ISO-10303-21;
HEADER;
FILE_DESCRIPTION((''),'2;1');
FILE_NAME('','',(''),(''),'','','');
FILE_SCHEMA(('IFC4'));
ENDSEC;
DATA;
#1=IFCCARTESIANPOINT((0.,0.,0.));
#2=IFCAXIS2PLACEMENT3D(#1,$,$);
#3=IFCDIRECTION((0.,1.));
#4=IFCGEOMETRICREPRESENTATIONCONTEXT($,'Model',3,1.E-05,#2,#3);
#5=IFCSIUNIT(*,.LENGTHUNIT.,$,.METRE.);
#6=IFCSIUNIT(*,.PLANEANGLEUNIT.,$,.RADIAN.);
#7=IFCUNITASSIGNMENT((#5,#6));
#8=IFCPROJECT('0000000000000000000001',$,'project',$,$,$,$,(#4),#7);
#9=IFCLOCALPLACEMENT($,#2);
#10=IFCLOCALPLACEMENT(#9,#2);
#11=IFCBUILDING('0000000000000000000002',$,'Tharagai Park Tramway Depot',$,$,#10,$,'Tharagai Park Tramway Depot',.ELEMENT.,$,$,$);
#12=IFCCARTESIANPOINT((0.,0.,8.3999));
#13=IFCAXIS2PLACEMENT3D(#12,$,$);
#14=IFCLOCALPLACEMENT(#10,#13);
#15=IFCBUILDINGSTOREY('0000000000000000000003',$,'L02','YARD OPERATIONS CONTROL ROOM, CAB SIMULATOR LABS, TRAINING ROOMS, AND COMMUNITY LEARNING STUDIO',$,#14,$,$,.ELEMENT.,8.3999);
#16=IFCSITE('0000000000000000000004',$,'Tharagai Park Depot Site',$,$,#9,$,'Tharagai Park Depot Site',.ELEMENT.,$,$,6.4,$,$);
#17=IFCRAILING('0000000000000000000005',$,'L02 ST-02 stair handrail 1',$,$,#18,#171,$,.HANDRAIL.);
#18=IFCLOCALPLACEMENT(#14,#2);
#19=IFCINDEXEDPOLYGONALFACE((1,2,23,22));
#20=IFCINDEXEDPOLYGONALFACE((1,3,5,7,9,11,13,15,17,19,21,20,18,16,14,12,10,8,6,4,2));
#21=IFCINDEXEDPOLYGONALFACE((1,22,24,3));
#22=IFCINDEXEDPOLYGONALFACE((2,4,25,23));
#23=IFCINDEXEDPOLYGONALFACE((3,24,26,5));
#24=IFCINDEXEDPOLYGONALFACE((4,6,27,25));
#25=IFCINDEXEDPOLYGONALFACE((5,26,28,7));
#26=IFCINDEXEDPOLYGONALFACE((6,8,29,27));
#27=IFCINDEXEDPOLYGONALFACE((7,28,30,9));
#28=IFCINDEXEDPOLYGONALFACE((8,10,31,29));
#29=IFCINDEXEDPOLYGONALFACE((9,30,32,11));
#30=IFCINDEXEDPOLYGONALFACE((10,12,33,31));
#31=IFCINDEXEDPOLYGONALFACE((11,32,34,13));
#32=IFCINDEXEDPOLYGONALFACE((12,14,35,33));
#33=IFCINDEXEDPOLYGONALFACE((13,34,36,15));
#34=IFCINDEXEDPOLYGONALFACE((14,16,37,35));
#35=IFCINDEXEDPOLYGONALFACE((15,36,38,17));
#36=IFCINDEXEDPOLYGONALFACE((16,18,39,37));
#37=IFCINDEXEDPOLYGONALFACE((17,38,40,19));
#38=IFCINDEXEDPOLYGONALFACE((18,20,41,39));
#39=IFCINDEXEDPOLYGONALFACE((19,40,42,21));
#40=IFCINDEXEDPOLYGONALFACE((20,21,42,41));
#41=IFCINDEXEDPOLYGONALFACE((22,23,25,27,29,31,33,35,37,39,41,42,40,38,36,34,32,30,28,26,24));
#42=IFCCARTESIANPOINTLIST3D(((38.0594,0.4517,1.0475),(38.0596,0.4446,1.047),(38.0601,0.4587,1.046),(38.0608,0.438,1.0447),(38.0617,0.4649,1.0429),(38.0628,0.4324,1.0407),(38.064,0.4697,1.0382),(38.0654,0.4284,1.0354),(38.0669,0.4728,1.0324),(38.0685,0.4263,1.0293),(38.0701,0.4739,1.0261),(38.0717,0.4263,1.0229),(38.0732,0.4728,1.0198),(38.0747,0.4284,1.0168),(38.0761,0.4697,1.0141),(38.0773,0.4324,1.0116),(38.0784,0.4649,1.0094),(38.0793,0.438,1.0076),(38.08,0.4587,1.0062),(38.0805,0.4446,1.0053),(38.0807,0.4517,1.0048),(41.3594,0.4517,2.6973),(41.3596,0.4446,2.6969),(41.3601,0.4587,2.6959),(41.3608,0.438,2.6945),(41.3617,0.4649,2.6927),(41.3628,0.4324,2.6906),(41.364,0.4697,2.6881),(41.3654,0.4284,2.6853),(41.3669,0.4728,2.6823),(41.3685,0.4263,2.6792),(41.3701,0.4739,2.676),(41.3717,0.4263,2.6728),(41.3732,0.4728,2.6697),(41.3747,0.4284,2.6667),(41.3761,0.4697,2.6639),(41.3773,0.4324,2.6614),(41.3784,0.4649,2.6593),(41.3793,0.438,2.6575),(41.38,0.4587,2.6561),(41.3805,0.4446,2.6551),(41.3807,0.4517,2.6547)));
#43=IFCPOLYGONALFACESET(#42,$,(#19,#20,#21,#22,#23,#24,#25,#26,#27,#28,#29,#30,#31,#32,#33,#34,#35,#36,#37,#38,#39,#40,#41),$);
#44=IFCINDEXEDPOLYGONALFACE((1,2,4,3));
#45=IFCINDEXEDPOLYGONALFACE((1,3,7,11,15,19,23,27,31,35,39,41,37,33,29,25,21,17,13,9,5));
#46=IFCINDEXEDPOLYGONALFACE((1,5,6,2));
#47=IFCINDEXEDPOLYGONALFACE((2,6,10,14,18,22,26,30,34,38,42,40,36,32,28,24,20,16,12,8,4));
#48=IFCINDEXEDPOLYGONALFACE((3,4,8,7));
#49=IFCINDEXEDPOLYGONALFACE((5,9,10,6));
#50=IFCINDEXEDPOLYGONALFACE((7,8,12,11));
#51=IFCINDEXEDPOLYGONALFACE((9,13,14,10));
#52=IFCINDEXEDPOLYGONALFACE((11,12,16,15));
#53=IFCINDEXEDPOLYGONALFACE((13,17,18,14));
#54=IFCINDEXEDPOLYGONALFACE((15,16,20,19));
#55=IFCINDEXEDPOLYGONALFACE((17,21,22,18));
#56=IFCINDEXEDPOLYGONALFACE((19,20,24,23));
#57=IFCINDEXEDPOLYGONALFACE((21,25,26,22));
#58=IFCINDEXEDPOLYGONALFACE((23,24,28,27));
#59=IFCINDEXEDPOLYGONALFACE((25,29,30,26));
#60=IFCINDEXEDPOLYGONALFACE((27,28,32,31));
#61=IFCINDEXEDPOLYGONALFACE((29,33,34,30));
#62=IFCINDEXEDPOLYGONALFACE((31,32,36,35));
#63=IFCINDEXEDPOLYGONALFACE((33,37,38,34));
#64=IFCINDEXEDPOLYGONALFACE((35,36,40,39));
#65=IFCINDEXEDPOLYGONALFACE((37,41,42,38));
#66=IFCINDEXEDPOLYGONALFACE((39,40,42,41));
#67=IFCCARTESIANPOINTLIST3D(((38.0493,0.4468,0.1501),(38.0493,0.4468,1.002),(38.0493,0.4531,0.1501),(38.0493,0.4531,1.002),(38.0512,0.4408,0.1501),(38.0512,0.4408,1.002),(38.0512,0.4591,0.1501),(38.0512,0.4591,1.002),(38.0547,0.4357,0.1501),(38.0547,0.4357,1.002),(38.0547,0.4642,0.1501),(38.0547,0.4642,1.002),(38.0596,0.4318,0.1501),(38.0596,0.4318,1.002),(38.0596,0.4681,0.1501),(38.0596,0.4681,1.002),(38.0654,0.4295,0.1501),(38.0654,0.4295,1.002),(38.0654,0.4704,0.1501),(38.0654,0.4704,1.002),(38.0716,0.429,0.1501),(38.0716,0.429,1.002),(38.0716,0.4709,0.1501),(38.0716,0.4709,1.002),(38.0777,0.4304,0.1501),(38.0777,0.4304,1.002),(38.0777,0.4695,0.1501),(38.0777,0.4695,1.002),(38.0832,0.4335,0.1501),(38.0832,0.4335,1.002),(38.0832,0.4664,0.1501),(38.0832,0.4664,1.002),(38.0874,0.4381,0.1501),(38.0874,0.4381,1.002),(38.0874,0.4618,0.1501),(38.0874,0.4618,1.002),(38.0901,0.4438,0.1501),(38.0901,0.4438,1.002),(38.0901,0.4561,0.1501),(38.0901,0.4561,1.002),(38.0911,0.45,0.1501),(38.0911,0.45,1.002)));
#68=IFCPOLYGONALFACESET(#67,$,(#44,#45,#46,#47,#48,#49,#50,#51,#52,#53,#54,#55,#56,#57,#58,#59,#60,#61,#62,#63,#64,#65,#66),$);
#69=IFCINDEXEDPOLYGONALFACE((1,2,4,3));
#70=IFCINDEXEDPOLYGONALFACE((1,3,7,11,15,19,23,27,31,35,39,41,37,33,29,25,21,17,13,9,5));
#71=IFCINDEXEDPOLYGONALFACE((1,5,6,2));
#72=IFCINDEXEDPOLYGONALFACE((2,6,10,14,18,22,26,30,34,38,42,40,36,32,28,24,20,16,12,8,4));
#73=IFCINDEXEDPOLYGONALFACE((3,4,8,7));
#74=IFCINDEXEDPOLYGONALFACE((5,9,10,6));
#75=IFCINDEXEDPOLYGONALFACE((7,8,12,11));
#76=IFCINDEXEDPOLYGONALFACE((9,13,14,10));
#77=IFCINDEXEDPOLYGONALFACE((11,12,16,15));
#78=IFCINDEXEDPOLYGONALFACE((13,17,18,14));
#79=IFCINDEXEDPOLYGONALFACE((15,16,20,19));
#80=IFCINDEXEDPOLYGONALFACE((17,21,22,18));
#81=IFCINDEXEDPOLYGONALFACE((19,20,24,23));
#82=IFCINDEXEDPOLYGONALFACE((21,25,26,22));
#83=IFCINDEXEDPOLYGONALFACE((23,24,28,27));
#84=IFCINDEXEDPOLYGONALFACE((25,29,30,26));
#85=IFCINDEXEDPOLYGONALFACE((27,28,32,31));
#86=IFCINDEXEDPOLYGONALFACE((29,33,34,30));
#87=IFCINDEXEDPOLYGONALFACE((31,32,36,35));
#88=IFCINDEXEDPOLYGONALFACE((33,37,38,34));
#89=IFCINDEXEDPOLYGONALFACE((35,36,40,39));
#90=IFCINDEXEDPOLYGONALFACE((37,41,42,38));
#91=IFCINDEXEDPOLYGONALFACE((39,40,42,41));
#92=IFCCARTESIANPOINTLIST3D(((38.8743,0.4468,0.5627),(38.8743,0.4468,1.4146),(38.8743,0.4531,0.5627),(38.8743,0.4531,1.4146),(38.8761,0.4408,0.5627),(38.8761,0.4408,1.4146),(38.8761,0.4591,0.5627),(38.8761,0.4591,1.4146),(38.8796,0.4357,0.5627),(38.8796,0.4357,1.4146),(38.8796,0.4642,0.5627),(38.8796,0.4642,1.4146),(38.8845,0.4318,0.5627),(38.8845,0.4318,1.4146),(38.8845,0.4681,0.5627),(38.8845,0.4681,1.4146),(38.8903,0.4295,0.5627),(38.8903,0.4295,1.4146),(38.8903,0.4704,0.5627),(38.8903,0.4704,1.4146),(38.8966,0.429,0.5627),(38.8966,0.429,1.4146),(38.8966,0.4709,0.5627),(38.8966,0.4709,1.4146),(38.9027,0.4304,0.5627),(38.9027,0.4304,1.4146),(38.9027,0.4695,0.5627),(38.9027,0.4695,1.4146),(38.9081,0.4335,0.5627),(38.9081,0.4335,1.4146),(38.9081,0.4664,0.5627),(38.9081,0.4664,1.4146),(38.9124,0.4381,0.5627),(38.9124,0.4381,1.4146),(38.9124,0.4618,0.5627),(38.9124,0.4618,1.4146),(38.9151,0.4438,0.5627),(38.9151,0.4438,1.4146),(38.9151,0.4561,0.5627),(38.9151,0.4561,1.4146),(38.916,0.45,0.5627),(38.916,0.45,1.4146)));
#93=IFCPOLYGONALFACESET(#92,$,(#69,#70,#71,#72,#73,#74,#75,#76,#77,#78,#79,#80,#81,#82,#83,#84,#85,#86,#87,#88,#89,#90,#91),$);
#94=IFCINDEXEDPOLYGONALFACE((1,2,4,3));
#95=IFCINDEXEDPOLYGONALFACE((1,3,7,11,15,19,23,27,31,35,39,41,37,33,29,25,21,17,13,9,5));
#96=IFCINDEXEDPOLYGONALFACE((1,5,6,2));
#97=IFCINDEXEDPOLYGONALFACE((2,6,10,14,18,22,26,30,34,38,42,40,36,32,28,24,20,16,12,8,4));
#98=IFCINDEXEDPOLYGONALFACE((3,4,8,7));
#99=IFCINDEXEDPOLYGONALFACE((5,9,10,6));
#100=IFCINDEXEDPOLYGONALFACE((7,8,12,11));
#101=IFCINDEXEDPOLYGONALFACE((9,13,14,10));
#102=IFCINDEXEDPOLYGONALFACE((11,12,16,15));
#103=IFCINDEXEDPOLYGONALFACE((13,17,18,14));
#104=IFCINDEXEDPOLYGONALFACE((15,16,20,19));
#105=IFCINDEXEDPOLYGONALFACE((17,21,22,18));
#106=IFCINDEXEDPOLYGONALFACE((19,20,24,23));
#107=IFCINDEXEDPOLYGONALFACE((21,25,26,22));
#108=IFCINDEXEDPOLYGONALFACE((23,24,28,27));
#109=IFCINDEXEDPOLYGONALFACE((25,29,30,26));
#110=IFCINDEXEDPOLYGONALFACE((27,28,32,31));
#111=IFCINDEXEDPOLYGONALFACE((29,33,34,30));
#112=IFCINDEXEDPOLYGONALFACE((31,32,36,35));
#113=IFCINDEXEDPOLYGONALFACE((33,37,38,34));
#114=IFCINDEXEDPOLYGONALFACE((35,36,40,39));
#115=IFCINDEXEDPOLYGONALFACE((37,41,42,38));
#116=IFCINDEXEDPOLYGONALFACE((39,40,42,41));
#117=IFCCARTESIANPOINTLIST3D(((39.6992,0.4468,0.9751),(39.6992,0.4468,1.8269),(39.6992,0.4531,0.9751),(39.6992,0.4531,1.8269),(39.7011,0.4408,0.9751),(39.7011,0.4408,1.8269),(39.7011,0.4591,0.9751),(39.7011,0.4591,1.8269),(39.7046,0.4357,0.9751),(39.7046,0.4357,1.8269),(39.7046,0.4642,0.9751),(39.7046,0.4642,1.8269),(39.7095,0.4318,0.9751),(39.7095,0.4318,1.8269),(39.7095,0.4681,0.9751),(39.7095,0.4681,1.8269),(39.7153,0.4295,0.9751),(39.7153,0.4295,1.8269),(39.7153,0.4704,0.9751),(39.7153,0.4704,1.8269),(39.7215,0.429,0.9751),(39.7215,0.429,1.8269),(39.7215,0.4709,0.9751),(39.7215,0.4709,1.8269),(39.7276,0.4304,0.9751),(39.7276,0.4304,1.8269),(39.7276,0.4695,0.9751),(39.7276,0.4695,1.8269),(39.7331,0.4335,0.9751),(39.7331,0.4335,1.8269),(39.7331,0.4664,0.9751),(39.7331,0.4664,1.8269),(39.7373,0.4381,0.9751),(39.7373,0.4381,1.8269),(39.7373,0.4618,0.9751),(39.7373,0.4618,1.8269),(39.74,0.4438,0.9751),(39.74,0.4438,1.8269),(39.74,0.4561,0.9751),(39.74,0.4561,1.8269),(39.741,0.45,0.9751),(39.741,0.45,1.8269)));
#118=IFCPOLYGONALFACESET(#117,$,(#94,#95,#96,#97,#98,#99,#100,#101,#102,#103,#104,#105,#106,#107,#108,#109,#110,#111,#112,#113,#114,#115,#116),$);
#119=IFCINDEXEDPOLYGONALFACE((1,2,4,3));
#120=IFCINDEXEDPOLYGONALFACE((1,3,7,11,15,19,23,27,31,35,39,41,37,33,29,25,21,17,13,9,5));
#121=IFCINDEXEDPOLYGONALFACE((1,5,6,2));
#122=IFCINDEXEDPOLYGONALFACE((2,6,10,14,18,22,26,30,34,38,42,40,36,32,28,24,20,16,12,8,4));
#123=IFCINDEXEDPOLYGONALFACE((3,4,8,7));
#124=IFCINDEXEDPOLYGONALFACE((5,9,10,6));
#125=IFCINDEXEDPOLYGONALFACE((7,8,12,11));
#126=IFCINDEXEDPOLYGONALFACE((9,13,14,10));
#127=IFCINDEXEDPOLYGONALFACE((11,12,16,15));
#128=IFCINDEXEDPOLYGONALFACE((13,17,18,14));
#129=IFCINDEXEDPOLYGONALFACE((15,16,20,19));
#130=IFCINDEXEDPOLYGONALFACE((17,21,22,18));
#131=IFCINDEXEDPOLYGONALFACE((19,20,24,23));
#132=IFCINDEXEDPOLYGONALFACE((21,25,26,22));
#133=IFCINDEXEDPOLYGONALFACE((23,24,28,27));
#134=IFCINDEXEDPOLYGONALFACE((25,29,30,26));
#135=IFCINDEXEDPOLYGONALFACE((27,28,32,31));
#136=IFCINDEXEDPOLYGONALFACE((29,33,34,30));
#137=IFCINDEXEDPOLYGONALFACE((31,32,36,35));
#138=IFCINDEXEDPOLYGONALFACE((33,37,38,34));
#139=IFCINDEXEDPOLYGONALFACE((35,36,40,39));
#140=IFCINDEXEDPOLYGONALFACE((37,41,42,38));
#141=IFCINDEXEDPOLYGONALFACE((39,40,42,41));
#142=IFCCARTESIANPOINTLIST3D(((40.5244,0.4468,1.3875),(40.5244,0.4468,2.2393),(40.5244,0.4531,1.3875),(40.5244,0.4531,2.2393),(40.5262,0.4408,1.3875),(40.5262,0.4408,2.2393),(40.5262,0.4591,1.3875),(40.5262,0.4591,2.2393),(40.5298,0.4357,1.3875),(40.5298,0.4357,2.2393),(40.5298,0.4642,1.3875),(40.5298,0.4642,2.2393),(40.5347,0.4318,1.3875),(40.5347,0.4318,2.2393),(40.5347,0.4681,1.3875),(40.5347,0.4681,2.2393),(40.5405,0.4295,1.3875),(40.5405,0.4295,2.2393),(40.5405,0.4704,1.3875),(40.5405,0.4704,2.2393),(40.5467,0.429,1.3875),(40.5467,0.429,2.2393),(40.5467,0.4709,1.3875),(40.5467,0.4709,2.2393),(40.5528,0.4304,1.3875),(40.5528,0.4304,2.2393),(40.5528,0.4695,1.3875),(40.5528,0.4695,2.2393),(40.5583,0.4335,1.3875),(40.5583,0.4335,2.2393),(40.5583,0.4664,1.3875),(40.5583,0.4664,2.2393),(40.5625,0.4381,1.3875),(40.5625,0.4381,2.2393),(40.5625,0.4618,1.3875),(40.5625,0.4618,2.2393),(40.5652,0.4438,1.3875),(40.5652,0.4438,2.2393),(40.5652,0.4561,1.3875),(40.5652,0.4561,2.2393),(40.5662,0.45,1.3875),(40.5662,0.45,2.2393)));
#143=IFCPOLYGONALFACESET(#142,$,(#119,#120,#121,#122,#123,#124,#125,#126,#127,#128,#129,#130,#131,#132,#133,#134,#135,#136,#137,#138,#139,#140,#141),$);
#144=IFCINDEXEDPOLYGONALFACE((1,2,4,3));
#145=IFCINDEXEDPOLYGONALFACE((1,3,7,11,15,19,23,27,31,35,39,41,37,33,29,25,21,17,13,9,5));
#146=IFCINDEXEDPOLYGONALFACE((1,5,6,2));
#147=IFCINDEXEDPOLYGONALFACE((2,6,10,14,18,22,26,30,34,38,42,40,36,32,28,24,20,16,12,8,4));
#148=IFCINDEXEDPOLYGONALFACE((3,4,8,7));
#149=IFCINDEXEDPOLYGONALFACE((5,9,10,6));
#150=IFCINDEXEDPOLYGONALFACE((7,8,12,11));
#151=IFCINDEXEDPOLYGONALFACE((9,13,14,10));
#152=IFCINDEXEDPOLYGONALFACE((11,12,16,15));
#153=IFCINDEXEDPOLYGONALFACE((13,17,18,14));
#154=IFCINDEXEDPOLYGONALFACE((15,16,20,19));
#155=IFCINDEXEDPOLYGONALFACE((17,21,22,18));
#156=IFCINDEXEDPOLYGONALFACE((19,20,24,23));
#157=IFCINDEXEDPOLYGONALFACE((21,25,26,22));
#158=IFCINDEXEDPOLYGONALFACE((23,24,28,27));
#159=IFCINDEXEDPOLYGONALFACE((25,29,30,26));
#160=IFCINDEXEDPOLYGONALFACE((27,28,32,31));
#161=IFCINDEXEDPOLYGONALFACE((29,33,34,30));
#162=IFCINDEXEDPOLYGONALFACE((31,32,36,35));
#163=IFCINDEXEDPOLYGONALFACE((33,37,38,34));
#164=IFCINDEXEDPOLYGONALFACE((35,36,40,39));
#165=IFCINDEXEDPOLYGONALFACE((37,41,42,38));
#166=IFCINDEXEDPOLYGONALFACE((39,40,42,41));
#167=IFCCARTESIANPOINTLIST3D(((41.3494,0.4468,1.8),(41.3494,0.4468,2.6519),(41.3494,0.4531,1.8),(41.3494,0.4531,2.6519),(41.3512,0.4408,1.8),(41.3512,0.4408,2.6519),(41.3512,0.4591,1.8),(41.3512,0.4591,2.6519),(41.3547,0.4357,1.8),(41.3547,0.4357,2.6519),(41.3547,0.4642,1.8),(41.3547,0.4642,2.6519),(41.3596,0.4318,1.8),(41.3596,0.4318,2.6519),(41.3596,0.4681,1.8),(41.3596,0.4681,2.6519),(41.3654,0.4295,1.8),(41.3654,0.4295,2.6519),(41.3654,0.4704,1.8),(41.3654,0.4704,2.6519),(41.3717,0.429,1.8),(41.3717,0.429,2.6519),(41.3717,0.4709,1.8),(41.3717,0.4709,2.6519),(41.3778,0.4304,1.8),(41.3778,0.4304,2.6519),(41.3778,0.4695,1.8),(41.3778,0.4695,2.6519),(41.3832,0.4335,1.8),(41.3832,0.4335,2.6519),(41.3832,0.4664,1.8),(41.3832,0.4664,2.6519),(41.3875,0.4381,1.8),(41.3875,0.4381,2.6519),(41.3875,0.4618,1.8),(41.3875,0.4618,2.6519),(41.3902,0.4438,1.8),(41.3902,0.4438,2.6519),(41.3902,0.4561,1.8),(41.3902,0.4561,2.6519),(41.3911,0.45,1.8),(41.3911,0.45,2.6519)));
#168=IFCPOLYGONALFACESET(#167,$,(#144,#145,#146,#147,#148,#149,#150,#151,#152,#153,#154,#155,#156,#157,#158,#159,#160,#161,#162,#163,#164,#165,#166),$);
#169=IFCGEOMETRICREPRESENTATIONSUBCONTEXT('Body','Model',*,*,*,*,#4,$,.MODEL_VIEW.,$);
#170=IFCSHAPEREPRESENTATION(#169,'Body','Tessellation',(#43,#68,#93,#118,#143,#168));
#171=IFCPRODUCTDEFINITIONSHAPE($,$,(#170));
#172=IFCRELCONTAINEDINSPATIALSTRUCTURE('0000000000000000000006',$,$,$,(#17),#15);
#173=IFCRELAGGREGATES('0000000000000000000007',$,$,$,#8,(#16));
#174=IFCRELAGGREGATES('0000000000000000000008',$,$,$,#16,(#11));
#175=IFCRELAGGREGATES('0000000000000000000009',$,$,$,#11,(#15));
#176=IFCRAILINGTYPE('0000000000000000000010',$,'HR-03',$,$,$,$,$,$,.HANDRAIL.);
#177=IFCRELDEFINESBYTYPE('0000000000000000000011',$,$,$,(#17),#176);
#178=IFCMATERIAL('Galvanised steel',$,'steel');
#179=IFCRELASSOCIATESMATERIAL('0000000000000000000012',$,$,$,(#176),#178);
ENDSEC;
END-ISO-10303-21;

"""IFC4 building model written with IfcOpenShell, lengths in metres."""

from ifc_helpers import new_model, si_unit, direction, frame, origin, origin_2d, place, context, subcontext, project, spatial, circle, extrude, material, type_object, element, save


model = new_model("IFC4")

# Units and contexts
model_context = context("Model", 3, precision=1e-05, world=origin(), true_north=direction((0.0, 1.0)))
body_context = subcontext(model_context, "Body", "Model", "MODEL_VIEW")
ifc_project = project(units=[si_unit("LENGTHUNIT", "METRE"), si_unit("PLANEANGLEUNIT", "RADIAN")], contexts=[model_context])

# Site, building, storey
site_placement = place(None, origin())
site = spatial("IfcSite", under=ifc_project, at=site_placement, Name="Tharagai Park Depot Site", LongName="Tharagai Park Depot Site", CompositionType="ELEMENT", RefElevation=6.4)
building_placement = place(site_placement, origin())
building = spatial("IfcBuilding", under=site, at=building_placement, Name="Tharagai Park Tramway Depot", LongName="Tharagai Park Tramway Depot", CompositionType="ELEMENT")
storey_placement = place(building_placement, frame((0.0, 0.0, 8.3999)))
storey = spatial("IfcBuildingStorey", under=building, at=storey_placement, Name="L02", Description="YARD OPERATIONS CONTROL ROOM, CAB SIMULATOR LABS, TRAINING ROOMS, AND COMMUNITY LEARNING STUDIO", CompositionType="ELEMENT", Elevation=8.3999)

# Railing
ifc_material_1 = material(Name="Galvanised steel", Category="steel")
railing_type_1 = type_object("IfcRailingType", Name="HR-03", PredefinedType="HANDRAIL", material=ifc_material_1)
railing_1_placement = place(storey_placement, frame((38.0701, 0.45, 0.1501)))
element("IfcRailing", 1, at=railing_1_placement, inside=storey, type_object=railing_type_1, Name="L02 ST-02 stair handrail 1", PredefinedType="HANDRAIL", context=body_context, shape_type="SweptSolid", body=[
    extrude(circle(Radius=0.0239, at=origin_2d()), frame((0.0, 0.0, 0.876), z_axis=(0.89444, 0.0, 0.447187), x_axis=(0.0, 1.0, 0.0)), (0.0, 0.0, 1.0), 3.6895),
    extrude(circle(Radius=0.021, at=origin_2d()), origin(), (0.0, 0.0, 1.0), 0.8518),
    extrude(circle(Radius=0.021, at=origin_2d()), frame((0.825, 0.0, 0.4126)), (0.0, 0.0, 1.0), 0.8518),
    extrude(circle(Radius=0.021, at=origin_2d()), frame((1.6499, 0.0, 0.825)), (0.0, 0.0, 1.0), 0.8518),
    extrude(circle(Radius=0.021, at=origin_2d()), frame((2.4751, 0.0, 1.2373)), (0.0, 0.0, 1.0), 0.8518),
    extrude(circle(Radius=0.021, at=origin_2d()), frame((3.3, 0.0, 1.6499)), (0.0, 0.0, 1.0), 0.8518),
])

save(model, "model.ifc")
